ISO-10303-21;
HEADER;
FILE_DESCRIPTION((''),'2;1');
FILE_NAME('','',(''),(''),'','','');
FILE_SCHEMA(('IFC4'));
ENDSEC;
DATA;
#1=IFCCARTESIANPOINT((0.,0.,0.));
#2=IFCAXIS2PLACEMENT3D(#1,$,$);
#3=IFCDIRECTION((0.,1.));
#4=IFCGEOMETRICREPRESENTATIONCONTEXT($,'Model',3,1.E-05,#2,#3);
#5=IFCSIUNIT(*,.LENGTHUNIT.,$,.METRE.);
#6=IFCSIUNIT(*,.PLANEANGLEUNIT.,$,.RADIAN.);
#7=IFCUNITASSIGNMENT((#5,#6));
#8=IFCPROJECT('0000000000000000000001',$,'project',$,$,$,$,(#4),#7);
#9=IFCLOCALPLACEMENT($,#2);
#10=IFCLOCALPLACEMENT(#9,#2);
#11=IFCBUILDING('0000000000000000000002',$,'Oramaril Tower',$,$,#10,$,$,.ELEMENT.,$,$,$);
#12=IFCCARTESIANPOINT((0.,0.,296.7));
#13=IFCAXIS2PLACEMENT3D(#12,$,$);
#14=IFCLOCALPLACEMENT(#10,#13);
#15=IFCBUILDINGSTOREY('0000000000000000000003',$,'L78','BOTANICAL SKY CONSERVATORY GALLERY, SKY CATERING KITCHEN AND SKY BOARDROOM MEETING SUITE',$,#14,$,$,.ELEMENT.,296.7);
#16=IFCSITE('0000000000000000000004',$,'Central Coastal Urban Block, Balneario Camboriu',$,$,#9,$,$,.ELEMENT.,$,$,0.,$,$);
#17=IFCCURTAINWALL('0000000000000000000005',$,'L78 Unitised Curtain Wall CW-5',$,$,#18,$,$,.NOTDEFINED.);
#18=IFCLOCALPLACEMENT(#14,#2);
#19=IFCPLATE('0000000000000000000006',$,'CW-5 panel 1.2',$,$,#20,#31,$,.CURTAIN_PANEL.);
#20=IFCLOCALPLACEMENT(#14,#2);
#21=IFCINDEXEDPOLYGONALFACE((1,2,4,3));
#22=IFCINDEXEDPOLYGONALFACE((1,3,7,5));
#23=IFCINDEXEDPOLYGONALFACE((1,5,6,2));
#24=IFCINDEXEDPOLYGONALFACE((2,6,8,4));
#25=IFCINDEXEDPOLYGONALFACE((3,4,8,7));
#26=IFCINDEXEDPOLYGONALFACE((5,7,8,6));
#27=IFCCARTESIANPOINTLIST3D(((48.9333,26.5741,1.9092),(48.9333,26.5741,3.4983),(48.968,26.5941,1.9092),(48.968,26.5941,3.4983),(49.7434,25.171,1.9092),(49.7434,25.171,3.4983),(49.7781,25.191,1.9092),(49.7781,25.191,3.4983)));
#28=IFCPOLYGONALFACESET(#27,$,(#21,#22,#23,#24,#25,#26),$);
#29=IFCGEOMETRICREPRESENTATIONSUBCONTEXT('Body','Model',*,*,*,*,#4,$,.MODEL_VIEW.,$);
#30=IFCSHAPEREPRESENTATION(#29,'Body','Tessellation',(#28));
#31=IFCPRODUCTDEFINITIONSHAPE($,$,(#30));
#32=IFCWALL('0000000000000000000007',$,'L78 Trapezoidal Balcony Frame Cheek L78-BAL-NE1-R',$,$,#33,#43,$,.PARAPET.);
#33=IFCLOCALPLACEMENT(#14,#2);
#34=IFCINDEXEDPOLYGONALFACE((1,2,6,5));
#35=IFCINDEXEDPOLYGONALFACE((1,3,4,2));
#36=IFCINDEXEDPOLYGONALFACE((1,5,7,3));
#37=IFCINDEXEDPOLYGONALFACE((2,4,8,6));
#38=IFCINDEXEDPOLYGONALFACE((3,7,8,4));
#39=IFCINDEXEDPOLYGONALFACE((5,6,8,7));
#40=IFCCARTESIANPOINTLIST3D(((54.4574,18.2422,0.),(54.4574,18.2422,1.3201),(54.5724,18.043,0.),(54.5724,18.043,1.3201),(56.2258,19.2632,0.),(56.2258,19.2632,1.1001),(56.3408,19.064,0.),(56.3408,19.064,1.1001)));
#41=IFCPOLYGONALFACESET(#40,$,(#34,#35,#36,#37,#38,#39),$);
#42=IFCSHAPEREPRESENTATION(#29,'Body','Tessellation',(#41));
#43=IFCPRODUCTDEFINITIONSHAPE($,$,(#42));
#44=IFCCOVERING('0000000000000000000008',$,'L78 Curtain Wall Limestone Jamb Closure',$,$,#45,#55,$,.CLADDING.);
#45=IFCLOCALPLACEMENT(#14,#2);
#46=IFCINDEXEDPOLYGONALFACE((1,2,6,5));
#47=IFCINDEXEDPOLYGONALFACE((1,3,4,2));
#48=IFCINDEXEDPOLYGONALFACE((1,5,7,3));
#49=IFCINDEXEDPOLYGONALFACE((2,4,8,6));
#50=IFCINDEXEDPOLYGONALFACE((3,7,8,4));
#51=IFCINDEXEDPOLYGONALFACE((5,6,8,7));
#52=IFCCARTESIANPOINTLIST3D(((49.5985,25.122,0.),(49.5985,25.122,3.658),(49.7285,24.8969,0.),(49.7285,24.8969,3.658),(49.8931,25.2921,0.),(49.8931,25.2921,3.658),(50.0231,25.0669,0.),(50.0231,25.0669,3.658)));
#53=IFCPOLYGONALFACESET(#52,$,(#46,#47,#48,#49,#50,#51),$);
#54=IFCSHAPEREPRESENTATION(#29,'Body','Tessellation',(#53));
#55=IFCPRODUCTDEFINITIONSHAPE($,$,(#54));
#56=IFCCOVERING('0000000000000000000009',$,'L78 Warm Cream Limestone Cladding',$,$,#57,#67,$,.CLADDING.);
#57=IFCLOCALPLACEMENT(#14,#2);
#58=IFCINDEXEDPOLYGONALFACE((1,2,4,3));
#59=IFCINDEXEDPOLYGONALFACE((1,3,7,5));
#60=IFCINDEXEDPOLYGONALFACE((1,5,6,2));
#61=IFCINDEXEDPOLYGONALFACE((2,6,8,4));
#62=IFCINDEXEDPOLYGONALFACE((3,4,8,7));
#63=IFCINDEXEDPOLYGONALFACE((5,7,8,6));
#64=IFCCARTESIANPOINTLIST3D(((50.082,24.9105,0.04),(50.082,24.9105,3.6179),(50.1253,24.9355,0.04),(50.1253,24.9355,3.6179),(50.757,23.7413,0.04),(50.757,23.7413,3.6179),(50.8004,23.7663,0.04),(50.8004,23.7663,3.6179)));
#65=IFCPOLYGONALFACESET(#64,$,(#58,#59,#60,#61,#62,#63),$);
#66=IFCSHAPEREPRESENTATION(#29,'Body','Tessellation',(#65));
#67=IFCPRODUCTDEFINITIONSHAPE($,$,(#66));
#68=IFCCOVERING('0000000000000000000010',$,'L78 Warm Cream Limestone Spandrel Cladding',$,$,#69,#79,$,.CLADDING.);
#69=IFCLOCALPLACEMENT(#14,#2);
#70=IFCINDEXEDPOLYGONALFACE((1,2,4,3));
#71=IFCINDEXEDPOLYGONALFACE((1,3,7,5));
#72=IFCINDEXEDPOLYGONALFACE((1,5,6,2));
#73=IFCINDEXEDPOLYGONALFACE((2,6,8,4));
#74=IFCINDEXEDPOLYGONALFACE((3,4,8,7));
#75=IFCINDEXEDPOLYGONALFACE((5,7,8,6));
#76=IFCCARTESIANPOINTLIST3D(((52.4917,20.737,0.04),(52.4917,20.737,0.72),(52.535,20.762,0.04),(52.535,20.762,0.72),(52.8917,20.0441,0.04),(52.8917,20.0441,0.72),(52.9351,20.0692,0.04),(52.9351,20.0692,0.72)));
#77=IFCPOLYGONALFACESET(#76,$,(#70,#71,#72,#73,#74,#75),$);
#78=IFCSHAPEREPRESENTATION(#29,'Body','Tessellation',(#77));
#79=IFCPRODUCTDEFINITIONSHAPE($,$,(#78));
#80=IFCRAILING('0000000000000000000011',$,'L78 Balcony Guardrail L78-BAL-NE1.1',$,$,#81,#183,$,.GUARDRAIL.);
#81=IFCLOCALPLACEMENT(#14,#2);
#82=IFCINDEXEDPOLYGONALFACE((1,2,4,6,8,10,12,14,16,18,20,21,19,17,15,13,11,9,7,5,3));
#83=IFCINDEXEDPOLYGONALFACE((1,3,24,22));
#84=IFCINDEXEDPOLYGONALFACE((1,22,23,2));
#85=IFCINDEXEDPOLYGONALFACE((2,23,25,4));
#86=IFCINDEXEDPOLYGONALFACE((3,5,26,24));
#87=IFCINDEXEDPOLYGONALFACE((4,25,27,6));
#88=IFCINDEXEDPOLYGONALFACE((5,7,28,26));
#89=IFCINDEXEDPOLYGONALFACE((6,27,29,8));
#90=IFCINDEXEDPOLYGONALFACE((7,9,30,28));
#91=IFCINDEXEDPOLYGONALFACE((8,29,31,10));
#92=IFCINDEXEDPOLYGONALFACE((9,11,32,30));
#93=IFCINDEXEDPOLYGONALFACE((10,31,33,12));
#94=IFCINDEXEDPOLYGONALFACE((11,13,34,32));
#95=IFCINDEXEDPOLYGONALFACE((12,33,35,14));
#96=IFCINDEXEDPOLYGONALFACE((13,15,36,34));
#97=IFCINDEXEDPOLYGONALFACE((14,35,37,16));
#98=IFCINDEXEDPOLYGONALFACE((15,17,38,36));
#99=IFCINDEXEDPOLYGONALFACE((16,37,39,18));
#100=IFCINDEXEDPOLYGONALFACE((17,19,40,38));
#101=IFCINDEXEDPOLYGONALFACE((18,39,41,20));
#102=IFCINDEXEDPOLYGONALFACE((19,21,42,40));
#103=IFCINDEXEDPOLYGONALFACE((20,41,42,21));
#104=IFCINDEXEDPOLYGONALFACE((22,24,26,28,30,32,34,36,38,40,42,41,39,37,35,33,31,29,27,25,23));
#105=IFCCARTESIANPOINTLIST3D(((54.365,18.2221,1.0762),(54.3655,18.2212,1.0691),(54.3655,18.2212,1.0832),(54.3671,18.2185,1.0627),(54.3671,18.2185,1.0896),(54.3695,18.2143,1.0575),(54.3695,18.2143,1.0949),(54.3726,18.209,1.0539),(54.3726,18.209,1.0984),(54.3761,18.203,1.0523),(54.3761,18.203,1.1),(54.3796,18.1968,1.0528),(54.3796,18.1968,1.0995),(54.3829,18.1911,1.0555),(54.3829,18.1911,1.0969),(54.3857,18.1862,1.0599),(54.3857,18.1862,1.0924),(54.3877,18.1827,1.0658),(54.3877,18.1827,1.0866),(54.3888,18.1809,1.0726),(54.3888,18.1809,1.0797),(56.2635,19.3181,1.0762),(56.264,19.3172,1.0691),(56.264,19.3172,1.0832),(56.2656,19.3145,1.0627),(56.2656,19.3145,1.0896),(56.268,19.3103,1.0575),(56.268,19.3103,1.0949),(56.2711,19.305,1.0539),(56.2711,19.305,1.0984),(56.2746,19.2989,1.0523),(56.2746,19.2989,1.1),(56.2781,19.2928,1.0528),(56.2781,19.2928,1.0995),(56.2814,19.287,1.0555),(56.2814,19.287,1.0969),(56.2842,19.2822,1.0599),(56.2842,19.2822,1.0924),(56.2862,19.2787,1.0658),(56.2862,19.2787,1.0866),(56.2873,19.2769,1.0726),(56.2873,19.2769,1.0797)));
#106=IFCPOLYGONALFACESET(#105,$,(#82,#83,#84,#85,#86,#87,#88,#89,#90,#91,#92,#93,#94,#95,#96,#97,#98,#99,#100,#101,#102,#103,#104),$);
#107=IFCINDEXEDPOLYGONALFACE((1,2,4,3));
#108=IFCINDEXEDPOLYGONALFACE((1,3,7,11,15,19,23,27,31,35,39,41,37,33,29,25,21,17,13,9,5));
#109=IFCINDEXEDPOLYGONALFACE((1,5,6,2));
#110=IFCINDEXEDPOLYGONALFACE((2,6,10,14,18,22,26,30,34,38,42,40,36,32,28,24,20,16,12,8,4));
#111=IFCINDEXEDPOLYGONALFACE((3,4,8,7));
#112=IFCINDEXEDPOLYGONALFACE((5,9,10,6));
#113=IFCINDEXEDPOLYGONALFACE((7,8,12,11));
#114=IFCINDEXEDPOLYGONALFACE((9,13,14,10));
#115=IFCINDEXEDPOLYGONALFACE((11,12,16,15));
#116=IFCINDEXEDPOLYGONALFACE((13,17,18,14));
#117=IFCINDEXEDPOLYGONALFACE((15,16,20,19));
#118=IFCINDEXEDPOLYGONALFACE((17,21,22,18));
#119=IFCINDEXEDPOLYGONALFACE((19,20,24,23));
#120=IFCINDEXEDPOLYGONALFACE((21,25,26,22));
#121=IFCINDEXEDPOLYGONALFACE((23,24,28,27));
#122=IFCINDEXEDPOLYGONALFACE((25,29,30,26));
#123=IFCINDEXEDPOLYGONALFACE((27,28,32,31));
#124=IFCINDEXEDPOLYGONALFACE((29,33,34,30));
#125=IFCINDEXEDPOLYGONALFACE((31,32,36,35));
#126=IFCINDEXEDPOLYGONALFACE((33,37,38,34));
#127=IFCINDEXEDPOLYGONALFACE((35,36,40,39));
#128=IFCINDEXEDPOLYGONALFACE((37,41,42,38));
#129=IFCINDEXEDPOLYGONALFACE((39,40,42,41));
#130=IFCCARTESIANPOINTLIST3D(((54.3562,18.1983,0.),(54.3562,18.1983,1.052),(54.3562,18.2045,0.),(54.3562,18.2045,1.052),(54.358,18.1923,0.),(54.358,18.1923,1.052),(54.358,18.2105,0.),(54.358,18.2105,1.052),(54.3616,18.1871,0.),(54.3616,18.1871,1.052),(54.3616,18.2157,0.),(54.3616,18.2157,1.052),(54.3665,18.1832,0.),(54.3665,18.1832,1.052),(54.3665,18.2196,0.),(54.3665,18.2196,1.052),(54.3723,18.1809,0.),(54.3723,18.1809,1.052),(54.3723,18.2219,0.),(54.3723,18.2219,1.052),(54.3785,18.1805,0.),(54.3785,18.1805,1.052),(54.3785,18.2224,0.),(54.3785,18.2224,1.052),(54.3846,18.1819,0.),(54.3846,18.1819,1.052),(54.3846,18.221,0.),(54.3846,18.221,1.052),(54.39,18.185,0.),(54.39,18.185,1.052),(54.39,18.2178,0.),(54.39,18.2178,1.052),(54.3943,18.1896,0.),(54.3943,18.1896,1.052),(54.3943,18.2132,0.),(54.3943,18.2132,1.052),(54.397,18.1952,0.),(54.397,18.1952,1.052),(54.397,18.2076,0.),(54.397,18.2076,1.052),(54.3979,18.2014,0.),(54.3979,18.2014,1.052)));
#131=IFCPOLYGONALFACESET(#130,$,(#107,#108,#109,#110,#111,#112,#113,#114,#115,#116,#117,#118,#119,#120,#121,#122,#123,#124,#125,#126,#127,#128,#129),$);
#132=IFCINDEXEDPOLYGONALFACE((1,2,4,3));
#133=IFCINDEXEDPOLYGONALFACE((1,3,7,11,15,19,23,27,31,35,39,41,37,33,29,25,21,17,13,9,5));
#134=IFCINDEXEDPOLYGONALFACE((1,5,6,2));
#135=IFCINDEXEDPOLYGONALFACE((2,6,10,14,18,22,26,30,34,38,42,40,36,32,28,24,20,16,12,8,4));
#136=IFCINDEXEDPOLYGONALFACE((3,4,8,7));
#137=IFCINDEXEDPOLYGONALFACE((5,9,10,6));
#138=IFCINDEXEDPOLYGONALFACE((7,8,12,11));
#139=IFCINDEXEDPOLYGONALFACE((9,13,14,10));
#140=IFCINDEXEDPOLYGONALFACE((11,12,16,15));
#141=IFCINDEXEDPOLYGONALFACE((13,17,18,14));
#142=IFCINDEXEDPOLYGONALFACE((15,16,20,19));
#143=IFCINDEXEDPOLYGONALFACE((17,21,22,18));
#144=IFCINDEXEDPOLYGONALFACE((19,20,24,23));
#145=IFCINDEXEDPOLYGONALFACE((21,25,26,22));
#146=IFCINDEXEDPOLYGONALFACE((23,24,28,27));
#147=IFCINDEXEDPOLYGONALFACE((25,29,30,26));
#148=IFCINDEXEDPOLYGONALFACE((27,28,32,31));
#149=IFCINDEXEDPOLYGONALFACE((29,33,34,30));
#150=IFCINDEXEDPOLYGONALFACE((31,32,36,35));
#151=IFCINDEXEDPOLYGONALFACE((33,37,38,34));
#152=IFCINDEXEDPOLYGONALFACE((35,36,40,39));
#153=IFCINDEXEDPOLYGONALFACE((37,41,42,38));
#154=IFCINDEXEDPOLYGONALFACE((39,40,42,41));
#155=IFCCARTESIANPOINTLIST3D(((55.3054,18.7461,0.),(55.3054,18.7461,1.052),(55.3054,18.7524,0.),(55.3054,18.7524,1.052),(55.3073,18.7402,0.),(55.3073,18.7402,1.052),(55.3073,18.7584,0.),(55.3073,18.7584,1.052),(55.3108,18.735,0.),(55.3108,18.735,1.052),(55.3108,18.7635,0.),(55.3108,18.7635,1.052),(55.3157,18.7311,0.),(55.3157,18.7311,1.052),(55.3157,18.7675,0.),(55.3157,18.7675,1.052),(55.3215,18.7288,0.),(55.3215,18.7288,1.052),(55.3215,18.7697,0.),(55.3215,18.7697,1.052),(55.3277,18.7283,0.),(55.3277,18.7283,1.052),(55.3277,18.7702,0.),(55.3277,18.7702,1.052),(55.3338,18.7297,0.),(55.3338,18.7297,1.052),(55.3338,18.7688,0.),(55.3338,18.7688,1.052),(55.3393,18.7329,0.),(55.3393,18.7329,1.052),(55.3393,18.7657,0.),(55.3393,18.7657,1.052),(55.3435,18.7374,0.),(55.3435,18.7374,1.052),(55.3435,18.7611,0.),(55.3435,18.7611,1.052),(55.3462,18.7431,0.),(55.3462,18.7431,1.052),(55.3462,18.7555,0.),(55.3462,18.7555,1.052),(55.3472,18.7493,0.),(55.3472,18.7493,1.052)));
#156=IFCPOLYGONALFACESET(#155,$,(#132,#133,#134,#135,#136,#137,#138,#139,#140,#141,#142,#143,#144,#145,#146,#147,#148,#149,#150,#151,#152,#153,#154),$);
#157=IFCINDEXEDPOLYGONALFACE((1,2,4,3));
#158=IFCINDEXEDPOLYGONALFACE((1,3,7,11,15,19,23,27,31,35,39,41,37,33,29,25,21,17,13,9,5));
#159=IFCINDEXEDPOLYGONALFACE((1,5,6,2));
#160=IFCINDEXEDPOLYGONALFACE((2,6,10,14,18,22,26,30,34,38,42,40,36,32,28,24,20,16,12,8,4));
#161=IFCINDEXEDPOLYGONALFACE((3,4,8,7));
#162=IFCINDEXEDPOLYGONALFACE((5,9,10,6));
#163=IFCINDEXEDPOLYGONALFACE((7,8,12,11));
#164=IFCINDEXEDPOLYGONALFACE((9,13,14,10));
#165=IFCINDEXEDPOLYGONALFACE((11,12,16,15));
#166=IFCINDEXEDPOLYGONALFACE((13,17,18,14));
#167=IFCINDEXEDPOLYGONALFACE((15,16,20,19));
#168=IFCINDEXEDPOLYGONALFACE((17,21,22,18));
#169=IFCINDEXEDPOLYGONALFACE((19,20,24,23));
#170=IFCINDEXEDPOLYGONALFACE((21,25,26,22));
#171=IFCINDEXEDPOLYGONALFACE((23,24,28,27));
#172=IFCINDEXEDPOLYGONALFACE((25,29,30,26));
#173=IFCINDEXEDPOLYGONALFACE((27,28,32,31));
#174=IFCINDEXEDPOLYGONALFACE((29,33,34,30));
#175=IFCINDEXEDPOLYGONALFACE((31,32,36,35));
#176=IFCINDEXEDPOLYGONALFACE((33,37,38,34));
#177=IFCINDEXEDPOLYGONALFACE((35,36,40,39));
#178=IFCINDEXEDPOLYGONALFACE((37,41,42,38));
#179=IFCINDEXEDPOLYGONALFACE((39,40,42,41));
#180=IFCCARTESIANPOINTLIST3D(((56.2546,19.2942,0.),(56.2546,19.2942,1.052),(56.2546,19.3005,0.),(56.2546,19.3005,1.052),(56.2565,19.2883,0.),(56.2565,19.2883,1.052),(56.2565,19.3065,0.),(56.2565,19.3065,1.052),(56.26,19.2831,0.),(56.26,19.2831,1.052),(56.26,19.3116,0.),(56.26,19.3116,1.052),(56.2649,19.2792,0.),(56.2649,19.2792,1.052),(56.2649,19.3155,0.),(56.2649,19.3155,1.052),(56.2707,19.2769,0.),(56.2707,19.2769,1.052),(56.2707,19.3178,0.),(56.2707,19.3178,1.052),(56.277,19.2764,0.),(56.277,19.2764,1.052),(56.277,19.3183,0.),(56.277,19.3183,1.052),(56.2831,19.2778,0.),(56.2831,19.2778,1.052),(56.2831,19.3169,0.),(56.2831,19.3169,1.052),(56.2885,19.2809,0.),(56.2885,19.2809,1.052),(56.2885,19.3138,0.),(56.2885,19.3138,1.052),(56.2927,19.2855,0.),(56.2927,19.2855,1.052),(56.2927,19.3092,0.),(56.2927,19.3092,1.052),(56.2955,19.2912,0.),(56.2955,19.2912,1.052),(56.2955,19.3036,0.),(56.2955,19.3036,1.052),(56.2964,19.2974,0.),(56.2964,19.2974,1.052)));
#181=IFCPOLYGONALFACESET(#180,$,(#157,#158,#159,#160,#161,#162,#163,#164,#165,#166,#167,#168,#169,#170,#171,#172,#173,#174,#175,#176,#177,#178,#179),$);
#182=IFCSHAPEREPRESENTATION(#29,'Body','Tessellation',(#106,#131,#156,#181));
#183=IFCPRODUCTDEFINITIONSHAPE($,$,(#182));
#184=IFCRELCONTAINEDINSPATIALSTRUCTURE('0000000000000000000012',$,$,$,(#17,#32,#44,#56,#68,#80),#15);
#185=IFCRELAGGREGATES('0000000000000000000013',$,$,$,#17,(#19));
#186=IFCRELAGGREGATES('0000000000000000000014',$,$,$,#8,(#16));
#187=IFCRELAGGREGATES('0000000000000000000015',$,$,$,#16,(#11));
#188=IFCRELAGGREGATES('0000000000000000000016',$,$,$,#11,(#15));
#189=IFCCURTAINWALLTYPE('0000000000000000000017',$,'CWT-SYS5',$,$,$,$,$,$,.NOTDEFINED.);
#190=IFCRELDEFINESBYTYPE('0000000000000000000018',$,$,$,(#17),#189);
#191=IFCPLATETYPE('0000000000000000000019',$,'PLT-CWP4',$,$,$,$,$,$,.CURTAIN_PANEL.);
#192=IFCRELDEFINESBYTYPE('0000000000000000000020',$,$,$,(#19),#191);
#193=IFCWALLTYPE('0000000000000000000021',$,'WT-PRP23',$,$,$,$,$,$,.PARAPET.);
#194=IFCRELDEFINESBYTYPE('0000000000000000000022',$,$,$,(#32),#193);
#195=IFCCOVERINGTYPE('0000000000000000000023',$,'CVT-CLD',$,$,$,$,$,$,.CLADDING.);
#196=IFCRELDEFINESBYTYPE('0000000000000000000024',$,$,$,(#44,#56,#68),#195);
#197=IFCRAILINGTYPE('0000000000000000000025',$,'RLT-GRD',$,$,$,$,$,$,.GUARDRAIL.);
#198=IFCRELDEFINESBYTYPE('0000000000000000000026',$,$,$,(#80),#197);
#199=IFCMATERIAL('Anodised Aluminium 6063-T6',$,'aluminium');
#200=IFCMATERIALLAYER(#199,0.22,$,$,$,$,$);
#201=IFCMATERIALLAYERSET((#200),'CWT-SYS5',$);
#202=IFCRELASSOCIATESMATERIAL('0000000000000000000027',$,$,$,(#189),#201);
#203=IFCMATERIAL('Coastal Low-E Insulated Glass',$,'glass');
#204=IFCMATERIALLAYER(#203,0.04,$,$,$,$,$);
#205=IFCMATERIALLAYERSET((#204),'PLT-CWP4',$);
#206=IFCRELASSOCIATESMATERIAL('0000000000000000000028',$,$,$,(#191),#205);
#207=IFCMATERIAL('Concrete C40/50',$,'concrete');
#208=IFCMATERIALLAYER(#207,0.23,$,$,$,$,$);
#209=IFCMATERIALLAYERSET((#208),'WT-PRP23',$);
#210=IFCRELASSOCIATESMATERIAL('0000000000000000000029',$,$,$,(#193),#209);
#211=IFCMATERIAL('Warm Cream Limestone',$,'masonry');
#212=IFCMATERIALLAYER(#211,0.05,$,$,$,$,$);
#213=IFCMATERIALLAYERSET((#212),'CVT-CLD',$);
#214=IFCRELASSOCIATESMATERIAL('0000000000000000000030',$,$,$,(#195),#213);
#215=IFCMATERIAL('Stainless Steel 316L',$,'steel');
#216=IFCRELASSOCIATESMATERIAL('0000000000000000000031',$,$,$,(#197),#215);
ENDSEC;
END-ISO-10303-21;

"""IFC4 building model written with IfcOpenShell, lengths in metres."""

from ifc_helpers import new_model, si_unit, direction, frame, origin, origin_2d, place, context, subcontext, project, spatial, polyline, rectangle, circle, outline, extrude, material, layer, layer_set, type_object, element, aggregate, save


model = new_model("IFC4")

# Units and contexts
model_context = context("Model", 3, precision=1e-05, world=origin(), true_north=direction((0.0, 1.0)))
body_context = subcontext(model_context, "Body", "Model", "MODEL_VIEW")
ifc_project = project(units=[si_unit("LENGTHUNIT", "METRE"), si_unit("PLANEANGLEUNIT", "RADIAN")], contexts=[model_context])

# Site, building, storey
site_placement = place(None, origin())
site = spatial("IfcSite", under=ifc_project, at=site_placement, Name="Central Coastal Urban Block, Balneario Camboriu", CompositionType="ELEMENT", RefElevation=0.0)
building_placement = place(site_placement, origin())
building = spatial("IfcBuilding", under=site, at=building_placement, Name="Oramaril Tower", CompositionType="ELEMENT")
storey_placement = place(building_placement, frame((0.0, 0.0, 296.7)))
storey = spatial("IfcBuildingStorey", under=building, at=storey_placement, Name="L78", Description="BOTANICAL SKY CONSERVATORY GALLERY, SKY CATERING KITCHEN AND SKY BOARDROOM MEETING SUITE", CompositionType="ELEMENT", Elevation=296.7)

# Curtain wall, plate
ifc_material_1 = material(Name="Anodised Aluminium 6063-T6", Category="aluminium")
ifc_layer_1 = layer(ifc_material_1, 0.22)
ifc_layer_set_1 = layer_set([ifc_layer_1], Name="CWT-SYS5")
curtain_wall_type = type_object("IfcCurtainWallType", Name="CWT-SYS5", PredefinedType="NOTDEFINED", material=ifc_layer_set_1)
curtain_wall_placement = place(storey_placement, origin())
curtain_wall = element("IfcCurtainWall", 1, at=curtain_wall_placement, inside=storey, type_object=curtain_wall_type, Name="L78 Unitised Curtain Wall CW-5", PredefinedType="NOTDEFINED")
ifc_material_2 = material(Name="Coastal Low-E Insulated Glass", Category="glass")
ifc_layer_2 = layer(ifc_material_2, 0.04)
ifc_layer_set_2 = layer_set([ifc_layer_2], Name="PLT-CWP4")
plate_type = type_object("IfcPlateType", Name="PLT-CWP4", PredefinedType="CURTAIN_PANEL", material=ifc_layer_set_2)
plate_1_placement = place(storey_placement, frame((49.3557, 25.8826, 1.9092), z_axis=(0.0, 0.0, 1.0), x_axis=(-0.5, 0.866025, 0.0)))
plate_1 = element("IfcPlate", 2, at=plate_1_placement, type_object=plate_type, Name="CW-5 panel 1.2", PredefinedType="CURTAIN_PANEL", context=body_context, shape_type="SweptSolid", body=[
    extrude(rectangle(XDim=1.6201, YDim=0.04, at=origin_2d()), origin(), (0.0, 0.0, 1.0), 1.5891),
])
aggregate(curtain_wall, [plate_1])

# Wall
ifc_material_3 = material(Name="Concrete C40/50", Category="concrete")
ifc_layer_3 = layer(ifc_material_3, 0.23)
ifc_layer_set_3 = layer_set([ifc_layer_3], Name="WT-PRP23")
wall_type = type_object("IfcWallType", Name="WT-PRP23", PredefinedType="PARAPET", material=ifc_layer_set_3)
wall_placement = place(storey_placement, frame((54.5149, 18.1426, 0.0), z_axis=(0.0, 0.0, 1.0), x_axis=(0.866012, 0.500023, 0.0)))
element("IfcWall", 3, at=wall_placement, inside=storey, type_object=wall_type, Name="L78 Trapezoidal Balcony Frame Cheek L78-BAL-NE1-R", PredefinedType="PARAPET", context=body_context, shape_type="SweptSolid", body=[
    extrude(outline(polyline([(0.0, 0.0), (2.042, 0.0), (2.042, 1.1001), (0.0, 1.3201), (0.0, 0.0)])), frame((0.0, 0.115, 0.0), z_axis=(0.0, -1.0, 0.0), x_axis=(1.0, 0.0, 0.0)), (0.0, 0.0, 1.0), 0.23),
])

# Coverings
ifc_material_4 = material(Name="Warm Cream Limestone", Category="masonry")
ifc_layer_4 = layer(ifc_material_4, 0.05)
ifc_layer_set_4 = layer_set([ifc_layer_4], Name="CVT-CLD")
covering_type = type_object("IfcCoveringType", Name="CVT-CLD", PredefinedType="CLADDING", material=ifc_layer_set_4)
covering_1_placement = place(storey_placement, frame((49.8108, 25.0945, 0.0), z_axis=(0.0, 0.0, 1.0), x_axis=(-0.5, 0.866025, 0.0)))
element("IfcCovering", 4, at=covering_1_placement, inside=storey, type_object=covering_type, Name="L78 Curtain Wall Limestone Jamb Closure", PredefinedType="CLADDING", context=body_context, shape_type="SweptSolid", body=[
    extrude(rectangle(XDim=0.26, YDim=0.3401, at=origin_2d()), origin(), (0.0, 0.0, 1.0), 3.658),
])
covering_2_placement = place(storey_placement, frame((50.4412, 24.3384, 0.04), z_axis=(0.0, 0.0, 1.0), x_axis=(-0.5, 0.866025, 0.0)))
element("IfcCovering", 5, at=covering_2_placement, inside=storey, type_object=covering_type, Name="L78 Warm Cream Limestone Cladding", PredefinedType="CLADDING", context=body_context, shape_type="SweptSolid", body=[
    extrude(rectangle(XDim=1.3501, YDim=0.05, at=origin_2d()), origin(), (0.0, 0.0, 1.0), 3.5779),
])
covering_3_placement = place(storey_placement, frame((52.7134, 20.4031, 0.04), z_axis=(0.0, 0.0, 1.0), x_axis=(-0.5, 0.866025, 0.0)))
element("IfcCovering", 6, at=covering_3_placement, inside=storey, type_object=covering_type, Name="L78 Warm Cream Limestone Spandrel Cladding", PredefinedType="CLADDING", context=body_context, shape_type="SweptSolid", body=[
    extrude(rectangle(XDim=0.8, YDim=0.05, at=origin_2d()), origin(), (0.0, 0.0, 1.0), 0.6799),
])

# Railing
ifc_material_5 = material(Name="Stainless Steel 316L", Category="steel")
railing_type = type_object("IfcRailingType", Name="RLT-GRD", PredefinedType="GUARDRAIL", material=ifc_material_5)
railing_1_placement = place(storey_placement, frame((54.377, 18.2014, 0.0)))
element("IfcRailing", 7, at=railing_1_placement, inside=storey, type_object=railing_type, Name="L78 Balcony Guardrail L78-BAL-NE1.1", PredefinedType="GUARDRAIL", context=body_context, shape_type="SweptSolid", body=[
    extrude(circle(Radius=0.0239, at=origin_2d()), frame((0.0, 0.0, 1.0762), z_axis=(0.866048, 0.49996, 0.0), x_axis=(-0.49996, 0.866048, 0.0)), (0.0, 0.0, 1.0), 2.1921),
    extrude(circle(Radius=0.021, at=origin_2d()), origin(), (0.0, 0.0, 1.0), 1.052),
    extrude(circle(Radius=0.021, at=origin_2d()), frame((0.9492, 0.5479, 0.0)), (0.0, 0.0, 1.0), 1.052),
    extrude(circle(Radius=0.021, at=origin_2d()), frame((1.8984, 1.0959, 0.0)), (0.0, 0.0, 1.0), 1.052),
])

save(model, "model.ifc")
